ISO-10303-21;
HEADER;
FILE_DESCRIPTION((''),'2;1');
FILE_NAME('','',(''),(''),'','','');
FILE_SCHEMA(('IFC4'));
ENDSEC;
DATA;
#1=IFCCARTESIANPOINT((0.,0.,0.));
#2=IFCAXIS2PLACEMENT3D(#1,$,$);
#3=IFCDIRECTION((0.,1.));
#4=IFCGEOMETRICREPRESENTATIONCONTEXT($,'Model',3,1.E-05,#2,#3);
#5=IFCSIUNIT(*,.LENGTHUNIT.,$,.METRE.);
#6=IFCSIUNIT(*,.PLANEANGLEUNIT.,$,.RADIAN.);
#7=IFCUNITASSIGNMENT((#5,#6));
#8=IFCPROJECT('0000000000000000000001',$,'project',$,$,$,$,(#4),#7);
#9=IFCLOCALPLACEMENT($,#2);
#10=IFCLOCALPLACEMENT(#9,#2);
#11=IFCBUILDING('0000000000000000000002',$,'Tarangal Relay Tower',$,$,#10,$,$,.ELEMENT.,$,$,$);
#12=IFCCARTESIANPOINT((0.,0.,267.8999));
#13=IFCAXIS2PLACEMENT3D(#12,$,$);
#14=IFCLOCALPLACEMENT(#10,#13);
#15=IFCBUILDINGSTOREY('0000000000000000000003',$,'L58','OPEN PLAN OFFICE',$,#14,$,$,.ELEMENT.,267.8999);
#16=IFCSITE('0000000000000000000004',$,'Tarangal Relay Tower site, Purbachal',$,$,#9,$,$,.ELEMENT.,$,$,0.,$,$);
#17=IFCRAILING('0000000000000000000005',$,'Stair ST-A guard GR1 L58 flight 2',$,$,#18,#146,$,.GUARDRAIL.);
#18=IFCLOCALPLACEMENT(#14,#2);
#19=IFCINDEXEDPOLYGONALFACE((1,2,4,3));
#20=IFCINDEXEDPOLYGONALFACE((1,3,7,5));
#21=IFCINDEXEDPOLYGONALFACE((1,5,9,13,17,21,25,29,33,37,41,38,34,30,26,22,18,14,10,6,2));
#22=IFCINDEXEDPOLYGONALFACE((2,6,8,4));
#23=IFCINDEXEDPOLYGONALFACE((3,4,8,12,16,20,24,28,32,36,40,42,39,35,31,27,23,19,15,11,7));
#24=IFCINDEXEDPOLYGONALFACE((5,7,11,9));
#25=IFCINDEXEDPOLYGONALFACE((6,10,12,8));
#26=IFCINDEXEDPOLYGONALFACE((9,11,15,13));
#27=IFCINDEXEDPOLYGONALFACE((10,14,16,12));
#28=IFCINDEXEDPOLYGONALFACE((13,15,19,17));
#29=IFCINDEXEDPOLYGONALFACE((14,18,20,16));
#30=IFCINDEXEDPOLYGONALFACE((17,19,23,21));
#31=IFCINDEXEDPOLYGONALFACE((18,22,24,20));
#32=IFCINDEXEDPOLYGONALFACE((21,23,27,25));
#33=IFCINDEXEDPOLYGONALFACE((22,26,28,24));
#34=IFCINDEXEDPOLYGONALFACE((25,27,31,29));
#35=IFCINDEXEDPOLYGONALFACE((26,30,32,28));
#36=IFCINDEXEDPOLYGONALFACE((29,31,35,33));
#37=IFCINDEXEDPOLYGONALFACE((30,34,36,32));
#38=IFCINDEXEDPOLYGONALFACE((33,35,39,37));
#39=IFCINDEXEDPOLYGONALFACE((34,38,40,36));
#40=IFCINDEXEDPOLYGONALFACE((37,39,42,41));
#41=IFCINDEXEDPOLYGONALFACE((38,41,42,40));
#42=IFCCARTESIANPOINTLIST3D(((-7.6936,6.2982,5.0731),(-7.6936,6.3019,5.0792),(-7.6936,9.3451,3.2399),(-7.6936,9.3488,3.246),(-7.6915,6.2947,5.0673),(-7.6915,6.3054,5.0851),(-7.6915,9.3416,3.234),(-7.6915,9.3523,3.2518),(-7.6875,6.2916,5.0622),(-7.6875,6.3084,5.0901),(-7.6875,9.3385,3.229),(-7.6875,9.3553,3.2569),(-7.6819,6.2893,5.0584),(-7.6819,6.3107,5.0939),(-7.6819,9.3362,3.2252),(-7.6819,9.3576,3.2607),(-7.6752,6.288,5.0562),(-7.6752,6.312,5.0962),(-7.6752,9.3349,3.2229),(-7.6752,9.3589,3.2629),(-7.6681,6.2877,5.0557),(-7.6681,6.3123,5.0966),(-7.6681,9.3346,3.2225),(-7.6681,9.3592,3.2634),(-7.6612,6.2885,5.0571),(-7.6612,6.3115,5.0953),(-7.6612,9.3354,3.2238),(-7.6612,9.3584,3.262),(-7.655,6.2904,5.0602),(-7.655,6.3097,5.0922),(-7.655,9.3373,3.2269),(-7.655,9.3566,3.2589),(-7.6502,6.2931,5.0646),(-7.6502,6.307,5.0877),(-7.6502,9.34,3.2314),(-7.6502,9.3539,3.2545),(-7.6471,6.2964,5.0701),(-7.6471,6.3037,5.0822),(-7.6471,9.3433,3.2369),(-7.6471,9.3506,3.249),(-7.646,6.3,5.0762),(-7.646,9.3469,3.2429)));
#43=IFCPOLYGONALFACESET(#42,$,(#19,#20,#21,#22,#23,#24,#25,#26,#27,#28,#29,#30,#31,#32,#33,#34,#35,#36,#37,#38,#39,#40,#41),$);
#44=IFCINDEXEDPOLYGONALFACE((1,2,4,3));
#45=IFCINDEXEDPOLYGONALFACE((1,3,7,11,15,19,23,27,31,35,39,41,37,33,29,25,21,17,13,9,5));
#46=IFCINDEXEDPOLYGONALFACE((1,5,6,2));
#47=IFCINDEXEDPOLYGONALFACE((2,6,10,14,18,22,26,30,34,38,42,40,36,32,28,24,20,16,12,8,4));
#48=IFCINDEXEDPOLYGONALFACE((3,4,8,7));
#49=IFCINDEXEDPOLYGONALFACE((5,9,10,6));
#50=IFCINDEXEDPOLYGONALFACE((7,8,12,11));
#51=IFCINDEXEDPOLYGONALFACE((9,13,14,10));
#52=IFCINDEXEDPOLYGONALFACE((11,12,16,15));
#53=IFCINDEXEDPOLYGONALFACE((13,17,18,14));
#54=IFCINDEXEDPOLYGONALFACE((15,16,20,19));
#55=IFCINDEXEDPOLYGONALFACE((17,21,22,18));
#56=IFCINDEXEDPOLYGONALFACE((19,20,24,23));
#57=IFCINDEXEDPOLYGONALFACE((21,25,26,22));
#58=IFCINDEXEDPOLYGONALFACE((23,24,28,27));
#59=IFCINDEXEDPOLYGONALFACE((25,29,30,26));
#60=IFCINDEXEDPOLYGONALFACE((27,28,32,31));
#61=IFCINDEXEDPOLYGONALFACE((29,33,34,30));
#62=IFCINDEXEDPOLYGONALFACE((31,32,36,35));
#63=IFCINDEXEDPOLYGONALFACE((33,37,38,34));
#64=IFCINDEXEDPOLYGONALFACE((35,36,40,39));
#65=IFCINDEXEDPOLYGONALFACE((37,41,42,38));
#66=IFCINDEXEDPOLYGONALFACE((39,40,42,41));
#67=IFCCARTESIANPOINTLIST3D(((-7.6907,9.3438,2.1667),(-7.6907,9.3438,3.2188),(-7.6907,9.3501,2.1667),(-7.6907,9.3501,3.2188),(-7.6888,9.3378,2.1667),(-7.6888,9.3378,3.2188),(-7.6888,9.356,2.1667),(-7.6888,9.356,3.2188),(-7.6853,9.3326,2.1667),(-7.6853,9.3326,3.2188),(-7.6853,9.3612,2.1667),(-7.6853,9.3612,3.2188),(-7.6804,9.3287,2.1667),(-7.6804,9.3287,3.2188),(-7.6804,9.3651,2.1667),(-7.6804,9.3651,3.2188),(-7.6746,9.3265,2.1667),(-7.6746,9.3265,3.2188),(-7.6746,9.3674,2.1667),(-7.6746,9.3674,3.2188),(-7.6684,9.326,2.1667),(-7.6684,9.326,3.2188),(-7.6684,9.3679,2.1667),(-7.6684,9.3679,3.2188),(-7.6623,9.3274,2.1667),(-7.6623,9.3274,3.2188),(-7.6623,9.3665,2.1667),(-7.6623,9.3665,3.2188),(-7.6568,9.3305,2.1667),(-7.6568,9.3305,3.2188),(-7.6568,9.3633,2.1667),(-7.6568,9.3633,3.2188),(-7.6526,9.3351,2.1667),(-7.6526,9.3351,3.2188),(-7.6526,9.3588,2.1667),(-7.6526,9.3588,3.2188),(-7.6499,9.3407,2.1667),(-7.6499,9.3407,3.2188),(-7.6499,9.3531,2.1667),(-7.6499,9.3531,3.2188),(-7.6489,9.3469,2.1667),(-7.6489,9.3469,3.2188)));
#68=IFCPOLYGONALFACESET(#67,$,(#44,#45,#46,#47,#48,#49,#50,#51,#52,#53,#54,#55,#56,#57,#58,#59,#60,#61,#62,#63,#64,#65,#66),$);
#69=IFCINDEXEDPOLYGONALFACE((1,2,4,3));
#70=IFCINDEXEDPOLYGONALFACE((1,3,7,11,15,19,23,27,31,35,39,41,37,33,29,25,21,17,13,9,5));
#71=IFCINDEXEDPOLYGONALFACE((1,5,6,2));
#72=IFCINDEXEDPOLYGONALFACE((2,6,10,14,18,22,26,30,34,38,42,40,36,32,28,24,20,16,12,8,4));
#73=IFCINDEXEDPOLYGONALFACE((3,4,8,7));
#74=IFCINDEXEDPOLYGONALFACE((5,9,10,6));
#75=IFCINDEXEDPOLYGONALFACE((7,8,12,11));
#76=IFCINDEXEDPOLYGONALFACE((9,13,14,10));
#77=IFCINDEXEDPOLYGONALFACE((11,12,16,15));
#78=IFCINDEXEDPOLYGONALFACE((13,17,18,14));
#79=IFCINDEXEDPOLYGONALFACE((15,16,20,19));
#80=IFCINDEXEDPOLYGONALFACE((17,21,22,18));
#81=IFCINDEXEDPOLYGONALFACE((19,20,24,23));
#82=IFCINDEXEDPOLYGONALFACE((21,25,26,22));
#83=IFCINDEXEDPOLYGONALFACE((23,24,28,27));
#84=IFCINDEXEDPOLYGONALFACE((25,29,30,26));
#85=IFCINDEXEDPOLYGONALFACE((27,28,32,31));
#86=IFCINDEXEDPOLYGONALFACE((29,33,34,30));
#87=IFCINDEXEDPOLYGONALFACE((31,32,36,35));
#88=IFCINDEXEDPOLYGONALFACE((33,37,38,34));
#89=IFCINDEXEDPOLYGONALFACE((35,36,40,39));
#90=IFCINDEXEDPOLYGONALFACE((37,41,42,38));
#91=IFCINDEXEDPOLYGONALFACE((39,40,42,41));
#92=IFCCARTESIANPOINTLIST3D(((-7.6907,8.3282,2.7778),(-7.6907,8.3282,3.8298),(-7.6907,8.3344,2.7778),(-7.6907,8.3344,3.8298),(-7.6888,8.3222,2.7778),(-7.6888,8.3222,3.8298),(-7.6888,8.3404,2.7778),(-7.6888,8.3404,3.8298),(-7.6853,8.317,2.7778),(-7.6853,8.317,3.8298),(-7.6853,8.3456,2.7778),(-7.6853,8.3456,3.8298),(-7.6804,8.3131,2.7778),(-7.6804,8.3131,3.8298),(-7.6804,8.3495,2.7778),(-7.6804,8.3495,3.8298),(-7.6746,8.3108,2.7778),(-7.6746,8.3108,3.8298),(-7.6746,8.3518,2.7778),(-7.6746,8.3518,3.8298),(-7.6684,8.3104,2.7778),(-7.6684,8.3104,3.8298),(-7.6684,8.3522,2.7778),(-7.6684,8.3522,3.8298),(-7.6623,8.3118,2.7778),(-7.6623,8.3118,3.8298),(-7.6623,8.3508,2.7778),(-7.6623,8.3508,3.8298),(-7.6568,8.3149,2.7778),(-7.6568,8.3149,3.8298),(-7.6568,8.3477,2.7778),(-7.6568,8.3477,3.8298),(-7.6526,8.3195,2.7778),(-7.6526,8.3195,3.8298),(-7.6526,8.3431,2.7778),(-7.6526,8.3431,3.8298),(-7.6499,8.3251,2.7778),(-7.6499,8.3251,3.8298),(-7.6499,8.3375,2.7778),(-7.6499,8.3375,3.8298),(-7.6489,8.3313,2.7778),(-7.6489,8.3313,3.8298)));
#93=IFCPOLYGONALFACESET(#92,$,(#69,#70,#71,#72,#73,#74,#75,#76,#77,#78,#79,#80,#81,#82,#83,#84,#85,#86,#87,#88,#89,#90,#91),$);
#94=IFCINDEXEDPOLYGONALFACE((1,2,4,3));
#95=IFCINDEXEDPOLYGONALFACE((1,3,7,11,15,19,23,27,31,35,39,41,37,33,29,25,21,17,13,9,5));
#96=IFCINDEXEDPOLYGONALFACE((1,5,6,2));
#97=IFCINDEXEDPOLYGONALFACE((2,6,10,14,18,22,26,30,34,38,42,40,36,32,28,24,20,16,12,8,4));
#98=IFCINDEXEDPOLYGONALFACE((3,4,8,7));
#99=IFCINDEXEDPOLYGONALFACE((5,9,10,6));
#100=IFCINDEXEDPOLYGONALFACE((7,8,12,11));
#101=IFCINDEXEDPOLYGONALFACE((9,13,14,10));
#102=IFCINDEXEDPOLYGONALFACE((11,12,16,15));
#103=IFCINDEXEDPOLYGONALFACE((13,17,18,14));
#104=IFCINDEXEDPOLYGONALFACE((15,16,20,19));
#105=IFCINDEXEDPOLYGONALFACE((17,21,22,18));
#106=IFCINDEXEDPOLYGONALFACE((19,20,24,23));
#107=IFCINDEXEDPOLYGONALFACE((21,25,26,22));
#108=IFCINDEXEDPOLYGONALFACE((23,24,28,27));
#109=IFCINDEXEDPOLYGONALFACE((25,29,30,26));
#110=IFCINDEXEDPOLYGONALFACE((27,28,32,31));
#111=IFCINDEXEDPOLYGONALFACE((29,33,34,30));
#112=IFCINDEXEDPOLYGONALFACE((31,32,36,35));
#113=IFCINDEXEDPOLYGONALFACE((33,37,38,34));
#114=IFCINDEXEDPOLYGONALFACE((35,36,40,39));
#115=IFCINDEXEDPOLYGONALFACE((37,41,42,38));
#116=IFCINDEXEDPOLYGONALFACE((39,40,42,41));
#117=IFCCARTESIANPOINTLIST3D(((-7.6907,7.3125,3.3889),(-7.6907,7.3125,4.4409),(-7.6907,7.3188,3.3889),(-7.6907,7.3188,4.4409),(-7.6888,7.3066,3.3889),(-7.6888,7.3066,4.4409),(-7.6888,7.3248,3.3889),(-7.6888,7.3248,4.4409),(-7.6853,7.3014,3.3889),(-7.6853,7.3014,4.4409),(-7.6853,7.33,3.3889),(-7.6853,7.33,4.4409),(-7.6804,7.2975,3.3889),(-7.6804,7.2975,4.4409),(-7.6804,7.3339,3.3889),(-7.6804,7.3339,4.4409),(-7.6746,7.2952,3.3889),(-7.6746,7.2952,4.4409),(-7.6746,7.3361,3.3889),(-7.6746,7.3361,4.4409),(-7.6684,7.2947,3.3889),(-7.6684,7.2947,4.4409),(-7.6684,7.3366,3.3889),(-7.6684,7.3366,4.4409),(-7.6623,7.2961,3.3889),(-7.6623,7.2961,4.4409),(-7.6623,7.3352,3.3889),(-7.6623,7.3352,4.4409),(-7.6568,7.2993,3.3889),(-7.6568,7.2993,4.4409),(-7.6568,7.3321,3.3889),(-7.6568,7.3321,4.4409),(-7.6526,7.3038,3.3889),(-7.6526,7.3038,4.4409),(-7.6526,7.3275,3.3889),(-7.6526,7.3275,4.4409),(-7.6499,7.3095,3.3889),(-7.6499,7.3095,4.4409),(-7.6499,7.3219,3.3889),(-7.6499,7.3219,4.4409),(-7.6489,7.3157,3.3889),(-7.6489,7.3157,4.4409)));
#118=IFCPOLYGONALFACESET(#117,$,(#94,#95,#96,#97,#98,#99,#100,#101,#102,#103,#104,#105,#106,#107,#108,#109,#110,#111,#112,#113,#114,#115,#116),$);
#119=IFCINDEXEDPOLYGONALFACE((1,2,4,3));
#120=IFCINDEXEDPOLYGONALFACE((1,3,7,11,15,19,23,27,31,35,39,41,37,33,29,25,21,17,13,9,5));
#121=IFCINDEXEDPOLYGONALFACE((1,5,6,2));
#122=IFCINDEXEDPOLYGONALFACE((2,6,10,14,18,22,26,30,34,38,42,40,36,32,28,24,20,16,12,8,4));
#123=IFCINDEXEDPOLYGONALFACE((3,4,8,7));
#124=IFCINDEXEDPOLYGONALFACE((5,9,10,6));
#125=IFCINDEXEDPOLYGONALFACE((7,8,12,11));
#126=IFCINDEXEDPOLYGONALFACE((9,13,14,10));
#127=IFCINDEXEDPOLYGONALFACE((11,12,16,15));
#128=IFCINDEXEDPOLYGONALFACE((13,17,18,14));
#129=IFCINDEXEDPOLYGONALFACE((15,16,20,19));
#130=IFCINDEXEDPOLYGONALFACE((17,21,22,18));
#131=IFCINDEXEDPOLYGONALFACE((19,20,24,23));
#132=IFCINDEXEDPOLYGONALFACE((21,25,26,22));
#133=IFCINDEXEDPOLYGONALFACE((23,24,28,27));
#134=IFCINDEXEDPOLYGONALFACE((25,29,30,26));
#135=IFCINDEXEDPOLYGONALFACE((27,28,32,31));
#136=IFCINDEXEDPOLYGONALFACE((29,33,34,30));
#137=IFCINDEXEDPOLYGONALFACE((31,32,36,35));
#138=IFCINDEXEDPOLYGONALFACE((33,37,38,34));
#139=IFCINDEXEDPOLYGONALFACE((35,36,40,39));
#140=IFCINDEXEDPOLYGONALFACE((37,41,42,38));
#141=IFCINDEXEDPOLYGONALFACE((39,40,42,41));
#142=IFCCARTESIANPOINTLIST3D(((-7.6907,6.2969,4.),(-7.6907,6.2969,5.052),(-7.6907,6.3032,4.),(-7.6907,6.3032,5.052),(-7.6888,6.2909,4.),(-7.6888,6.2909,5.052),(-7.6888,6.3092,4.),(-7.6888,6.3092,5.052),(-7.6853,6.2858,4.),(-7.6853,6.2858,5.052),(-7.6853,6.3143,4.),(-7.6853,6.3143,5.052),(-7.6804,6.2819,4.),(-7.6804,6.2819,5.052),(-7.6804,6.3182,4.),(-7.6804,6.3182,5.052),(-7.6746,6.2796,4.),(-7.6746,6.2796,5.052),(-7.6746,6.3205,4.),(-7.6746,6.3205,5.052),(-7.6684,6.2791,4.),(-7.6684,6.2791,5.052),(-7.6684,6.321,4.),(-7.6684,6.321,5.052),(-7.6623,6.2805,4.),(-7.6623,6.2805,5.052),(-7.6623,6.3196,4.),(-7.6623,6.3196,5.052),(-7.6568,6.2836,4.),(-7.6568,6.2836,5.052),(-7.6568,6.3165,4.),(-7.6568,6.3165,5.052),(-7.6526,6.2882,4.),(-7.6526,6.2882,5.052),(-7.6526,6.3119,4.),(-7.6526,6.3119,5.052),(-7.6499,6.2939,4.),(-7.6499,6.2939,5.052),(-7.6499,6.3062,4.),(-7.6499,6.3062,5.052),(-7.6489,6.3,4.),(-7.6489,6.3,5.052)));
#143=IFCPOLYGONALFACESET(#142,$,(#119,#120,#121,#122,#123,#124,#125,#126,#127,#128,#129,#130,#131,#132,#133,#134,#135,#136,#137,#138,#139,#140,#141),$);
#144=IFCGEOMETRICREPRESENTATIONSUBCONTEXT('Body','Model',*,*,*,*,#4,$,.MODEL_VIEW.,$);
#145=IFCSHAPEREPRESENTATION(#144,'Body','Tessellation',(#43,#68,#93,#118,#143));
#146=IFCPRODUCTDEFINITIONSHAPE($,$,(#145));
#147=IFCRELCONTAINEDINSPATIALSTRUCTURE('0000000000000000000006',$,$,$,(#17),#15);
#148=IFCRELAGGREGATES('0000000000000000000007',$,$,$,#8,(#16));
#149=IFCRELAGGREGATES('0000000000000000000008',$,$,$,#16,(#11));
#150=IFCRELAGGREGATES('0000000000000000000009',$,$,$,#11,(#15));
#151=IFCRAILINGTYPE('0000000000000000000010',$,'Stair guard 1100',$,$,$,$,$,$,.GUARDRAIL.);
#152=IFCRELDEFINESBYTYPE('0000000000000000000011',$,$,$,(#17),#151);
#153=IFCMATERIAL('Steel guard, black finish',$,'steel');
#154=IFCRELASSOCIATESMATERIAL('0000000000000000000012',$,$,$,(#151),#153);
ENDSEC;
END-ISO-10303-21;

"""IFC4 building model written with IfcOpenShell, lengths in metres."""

from ifc_helpers import new_model, si_unit, direction, frame, origin, origin_2d, place, context, subcontext, project, spatial, circle, extrude, material, type_object, element, save


model = new_model("IFC4")

# Units and contexts
model_context = context("Model", 3, precision=1e-05, world=origin(), true_north=direction((0.0, 1.0)))
body_context = subcontext(model_context, "Body", "Model", "MODEL_VIEW")
ifc_project = project(units=[si_unit("LENGTHUNIT", "METRE"), si_unit("PLANEANGLEUNIT", "RADIAN")], contexts=[model_context])

# Site, building, storey
site_placement = place(None, origin())
site = spatial("IfcSite", under=ifc_project, at=site_placement, Name="Tarangal Relay Tower site, Purbachal", CompositionType="ELEMENT", RefElevation=0.0)
building_placement = place(site_placement, origin())
building = spatial("IfcBuilding", under=site, at=building_placement, Name="Tarangal Relay Tower", CompositionType="ELEMENT")
storey_placement = place(building_placement, frame((0.0, 0.0, 267.8999)))
storey = spatial("IfcBuildingStorey", under=building, at=storey_placement, Name="L58", Description="OPEN PLAN OFFICE", CompositionType="ELEMENT", Elevation=267.8999)

# Railing
ifc_material_1 = material(Name="Steel guard, black finish", Category="steel")
railing_type_1 = type_object("IfcRailingType", Name="Stair guard 1100", PredefinedType="GUARDRAIL", material=ifc_material_1)
railing_1_placement = place(storey_placement, frame((-7.6699, 9.3469, 2.1667)))
element("IfcRailing", 1, at=railing_1_placement, inside=storey, type_object=railing_type_1, Name="Stair ST-A guard GR1 L58 flight 2", PredefinedType="GUARDRAIL", context=body_context, shape_type="SweptSolid", body=[
    extrude(circle(Radius=0.0239, at=origin_2d()), frame((0.0, 0.0, 1.0762), z_axis=(0.0, -0.856856, 0.515556), x_axis=(1.0, 0.0, 0.0)), (0.0, 0.0, 1.0), 3.5559),
    extrude(circle(Radius=0.021, at=origin_2d()), origin(), (0.0, 0.0, 1.0), 1.052),
    extrude(circle(Radius=0.021, at=origin_2d()), frame((0.0, -1.0156, 0.6111)), (0.0, 0.0, 1.0), 1.052),
    extrude(circle(Radius=0.021, at=origin_2d()), frame((0.0, -2.0312, 1.2222)), (0.0, 0.0, 1.0), 1.052),
    extrude(circle(Radius=0.021, at=origin_2d()), frame((0.0, -3.0469, 1.8333)), (0.0, 0.0, 1.0), 1.052),
])

save(model, "model.ifc")
